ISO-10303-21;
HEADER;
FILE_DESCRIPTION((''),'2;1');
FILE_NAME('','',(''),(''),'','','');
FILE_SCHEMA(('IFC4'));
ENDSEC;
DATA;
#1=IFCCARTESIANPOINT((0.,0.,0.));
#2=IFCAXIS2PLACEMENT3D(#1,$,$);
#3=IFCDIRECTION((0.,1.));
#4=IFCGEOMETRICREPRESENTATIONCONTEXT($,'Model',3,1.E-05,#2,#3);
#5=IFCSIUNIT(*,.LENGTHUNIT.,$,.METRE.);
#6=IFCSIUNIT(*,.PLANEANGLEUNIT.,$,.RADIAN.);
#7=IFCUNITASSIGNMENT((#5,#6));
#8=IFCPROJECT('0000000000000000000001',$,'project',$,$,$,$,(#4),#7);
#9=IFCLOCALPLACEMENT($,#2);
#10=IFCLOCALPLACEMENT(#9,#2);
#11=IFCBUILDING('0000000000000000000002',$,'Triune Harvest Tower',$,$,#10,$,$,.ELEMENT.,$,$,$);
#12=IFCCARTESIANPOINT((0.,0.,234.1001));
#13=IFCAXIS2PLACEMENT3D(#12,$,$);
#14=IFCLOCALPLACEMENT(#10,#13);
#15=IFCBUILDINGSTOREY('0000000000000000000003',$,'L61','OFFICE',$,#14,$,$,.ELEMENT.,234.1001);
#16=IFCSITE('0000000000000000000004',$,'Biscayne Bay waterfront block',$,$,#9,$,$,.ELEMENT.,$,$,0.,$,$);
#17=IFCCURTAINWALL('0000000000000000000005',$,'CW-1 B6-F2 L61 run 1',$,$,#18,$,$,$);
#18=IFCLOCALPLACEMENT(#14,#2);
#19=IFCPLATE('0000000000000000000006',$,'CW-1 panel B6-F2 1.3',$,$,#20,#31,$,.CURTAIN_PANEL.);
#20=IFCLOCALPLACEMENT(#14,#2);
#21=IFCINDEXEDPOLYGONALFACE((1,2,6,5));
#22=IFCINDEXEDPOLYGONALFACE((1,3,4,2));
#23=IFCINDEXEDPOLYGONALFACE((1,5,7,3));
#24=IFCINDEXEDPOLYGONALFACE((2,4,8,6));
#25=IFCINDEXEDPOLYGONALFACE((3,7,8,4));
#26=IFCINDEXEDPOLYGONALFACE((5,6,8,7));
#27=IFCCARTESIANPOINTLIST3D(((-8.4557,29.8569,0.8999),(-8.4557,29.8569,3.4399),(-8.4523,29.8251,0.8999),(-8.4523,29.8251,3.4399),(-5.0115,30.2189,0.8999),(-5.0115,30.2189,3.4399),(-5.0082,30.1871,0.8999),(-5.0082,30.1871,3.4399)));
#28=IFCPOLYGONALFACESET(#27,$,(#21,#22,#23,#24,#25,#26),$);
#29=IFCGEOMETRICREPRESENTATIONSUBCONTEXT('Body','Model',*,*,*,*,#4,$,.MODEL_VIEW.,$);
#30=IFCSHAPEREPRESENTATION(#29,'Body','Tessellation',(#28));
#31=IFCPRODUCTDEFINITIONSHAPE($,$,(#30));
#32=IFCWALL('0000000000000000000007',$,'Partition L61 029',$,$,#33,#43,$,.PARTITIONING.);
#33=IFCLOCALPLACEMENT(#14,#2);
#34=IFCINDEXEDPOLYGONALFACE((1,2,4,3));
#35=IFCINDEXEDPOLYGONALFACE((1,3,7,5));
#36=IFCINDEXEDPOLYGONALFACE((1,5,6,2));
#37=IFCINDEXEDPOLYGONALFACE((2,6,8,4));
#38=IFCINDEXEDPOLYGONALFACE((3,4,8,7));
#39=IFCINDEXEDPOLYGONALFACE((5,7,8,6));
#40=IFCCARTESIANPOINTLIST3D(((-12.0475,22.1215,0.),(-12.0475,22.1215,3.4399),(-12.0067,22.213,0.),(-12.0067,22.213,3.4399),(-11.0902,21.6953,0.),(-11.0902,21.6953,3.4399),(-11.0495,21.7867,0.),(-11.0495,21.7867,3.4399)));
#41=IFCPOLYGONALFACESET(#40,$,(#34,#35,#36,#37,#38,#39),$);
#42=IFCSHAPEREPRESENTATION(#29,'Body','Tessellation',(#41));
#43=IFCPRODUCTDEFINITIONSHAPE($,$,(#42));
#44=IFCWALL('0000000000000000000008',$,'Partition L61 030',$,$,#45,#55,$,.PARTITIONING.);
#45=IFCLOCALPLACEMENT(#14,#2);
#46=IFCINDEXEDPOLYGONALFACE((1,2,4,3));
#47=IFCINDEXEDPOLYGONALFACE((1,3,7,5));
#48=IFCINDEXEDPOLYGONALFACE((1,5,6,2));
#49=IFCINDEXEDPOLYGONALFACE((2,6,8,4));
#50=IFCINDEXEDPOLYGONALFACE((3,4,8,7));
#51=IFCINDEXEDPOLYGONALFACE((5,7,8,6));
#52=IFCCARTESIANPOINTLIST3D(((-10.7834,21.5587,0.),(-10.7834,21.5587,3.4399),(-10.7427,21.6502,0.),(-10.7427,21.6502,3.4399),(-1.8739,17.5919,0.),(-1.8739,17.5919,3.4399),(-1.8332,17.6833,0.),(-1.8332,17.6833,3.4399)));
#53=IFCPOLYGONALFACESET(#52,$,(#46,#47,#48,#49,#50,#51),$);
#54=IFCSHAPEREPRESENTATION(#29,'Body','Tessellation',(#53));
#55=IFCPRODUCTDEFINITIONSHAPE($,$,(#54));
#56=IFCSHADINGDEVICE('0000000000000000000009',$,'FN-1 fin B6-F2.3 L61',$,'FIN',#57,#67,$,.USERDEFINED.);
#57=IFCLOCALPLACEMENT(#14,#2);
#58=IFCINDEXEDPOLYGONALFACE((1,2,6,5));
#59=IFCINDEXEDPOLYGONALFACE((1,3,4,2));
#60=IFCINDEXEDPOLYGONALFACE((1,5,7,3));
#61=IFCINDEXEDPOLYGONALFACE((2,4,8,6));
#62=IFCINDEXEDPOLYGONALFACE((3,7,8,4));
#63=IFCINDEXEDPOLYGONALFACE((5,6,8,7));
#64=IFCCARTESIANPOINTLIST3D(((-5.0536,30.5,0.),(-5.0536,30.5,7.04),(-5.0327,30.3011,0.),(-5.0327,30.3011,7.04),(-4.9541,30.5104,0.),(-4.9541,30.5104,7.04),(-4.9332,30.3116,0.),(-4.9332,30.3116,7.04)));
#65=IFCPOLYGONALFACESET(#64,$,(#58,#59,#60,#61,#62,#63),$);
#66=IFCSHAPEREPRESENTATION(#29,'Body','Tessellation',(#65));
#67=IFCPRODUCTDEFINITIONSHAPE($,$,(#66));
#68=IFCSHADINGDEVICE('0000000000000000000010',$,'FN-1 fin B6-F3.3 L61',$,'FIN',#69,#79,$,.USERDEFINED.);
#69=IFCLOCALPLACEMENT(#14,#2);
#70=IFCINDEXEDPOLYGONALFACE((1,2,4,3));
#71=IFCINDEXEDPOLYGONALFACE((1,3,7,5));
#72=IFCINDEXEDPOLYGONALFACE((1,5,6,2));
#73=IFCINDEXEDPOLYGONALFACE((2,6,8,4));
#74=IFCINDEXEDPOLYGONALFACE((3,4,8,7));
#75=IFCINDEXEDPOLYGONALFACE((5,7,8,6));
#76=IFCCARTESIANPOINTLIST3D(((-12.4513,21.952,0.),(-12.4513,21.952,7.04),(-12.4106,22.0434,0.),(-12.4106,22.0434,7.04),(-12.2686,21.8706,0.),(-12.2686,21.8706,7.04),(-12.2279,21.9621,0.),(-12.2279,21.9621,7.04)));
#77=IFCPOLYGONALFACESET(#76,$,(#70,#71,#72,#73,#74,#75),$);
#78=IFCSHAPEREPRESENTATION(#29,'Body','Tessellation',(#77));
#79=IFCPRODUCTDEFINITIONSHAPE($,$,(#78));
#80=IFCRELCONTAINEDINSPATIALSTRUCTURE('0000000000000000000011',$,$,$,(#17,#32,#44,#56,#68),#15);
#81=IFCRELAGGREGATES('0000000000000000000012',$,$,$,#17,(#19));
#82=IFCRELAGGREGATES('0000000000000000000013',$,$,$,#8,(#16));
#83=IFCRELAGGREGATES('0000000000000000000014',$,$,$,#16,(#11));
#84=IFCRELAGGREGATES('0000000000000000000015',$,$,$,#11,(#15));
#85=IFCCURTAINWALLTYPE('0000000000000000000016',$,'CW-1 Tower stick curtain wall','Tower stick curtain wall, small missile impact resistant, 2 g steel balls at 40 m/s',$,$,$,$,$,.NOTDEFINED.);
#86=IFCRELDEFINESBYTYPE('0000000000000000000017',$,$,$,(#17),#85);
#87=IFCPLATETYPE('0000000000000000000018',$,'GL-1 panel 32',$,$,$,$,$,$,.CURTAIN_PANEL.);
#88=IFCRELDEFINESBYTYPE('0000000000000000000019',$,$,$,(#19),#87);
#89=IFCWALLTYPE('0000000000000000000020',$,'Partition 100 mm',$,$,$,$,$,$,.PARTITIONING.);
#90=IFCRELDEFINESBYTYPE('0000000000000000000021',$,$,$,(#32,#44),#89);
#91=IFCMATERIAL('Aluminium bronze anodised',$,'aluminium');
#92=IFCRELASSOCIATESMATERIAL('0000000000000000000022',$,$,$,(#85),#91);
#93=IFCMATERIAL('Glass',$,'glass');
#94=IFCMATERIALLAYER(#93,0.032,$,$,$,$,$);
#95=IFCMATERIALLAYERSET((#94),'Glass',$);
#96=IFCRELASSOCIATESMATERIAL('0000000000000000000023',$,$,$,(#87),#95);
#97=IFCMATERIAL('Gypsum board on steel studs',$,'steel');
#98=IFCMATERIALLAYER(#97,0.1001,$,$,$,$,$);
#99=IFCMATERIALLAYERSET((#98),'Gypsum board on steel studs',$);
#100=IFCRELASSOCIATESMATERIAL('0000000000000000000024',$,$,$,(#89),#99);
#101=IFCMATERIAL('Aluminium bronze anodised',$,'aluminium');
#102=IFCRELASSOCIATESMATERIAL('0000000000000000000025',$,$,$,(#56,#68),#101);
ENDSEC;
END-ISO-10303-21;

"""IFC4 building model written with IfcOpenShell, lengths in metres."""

from ifc_helpers import new_model, si_unit, direction, frame, frame_2d, origin, origin_2d, place, context, subcontext, project, spatial, rectangle, extrude, source, transform, mapped, material, layer, layer_set, type_object, element, aggregate, save


model = new_model("IFC4")

# Units and contexts
model_context = context("Model", 3, precision=1e-05, world=origin(), true_north=direction((0.0, 1.0)))
body_context = subcontext(model_context, "Body", "Model", "MODEL_VIEW")
ifc_project = project(units=[si_unit("LENGTHUNIT", "METRE"), si_unit("PLANEANGLEUNIT", "RADIAN")], contexts=[model_context])

# Site, building, storey
site_placement = place(None, origin())
site = spatial("IfcSite", under=ifc_project, at=site_placement, Name="Biscayne Bay waterfront block", CompositionType="ELEMENT", RefElevation=0.0)
building_placement = place(site_placement, origin())
building = spatial("IfcBuilding", under=site, at=building_placement, Name="Triune Harvest Tower", CompositionType="ELEMENT")
storey_placement = place(building_placement, frame((0.0, 0.0, 234.1001)))
storey = spatial("IfcBuildingStorey", under=building, at=storey_placement, Name="L61", Description="OFFICE", CompositionType="ELEMENT", Elevation=234.1001)

# Curtain wall
ifc_material_1 = material(Name="Aluminium bronze anodised", Category="aluminium")
curtain_wall_type_1 = type_object("IfcCurtainWallType", Name="CW-1 Tower stick curtain wall", Description="Tower stick curtain wall, small missile impact resistant, 2 g steel balls at 40 m/s", PredefinedType="NOTDEFINED", material=ifc_material_1)
curtain_wall_1_placement = place(storey_placement, origin())
curtain_wall_1 = element("IfcCurtainWall", 1, at=curtain_wall_1_placement, inside=storey, type_object=curtain_wall_type_1, Name="CW-1 B6-F2 L61 run 1")

# Plate
ifc_material_2 = material(Name="Glass", Category="glass")
ifc_layer_1 = layer(ifc_material_2, 0.032)
ifc_layer_set_1 = layer_set([ifc_layer_1], Name="Glass")
plate_type_1 = type_object("IfcPlateType", Name="GL-1 panel 32", PredefinedType="CURTAIN_PANEL", material=ifc_layer_set_1)
shared_shape_1 = source(origin(), body_context, "Body", "SweptSolid", [
    extrude(rectangle(XDim=3.4631, YDim=0.032, at=origin_2d()), origin(), (0.0, 0.0, 1.0), 2.54),
])
plate_1_placement = place(storey_placement, frame((-6.7319, 30.022, 0.8999), z_axis=(0.0, 0.0, 1.0), x_axis=(-0.994522, -0.10453, 0.0)))
plate_1 = element("IfcPlate", 2, at=plate_1_placement, type_object=plate_type_1, Name="CW-1 panel B6-F2 1.3", PredefinedType="CURTAIN_PANEL", context=body_context, shape_type="MappedRepresentation", body=[
    mapped(shared_shape_1, transform((0.0, 0.0, 0.0), scale=1.0)),
])
aggregate(curtain_wall_1, [plate_1])

# Walls
ifc_material_3 = material(Name="Gypsum board on steel studs", Category="steel")
ifc_layer_2 = layer(ifc_material_3, 0.1001)
ifc_layer_set_2 = layer_set([ifc_layer_2], Name="Gypsum board on steel studs")
wall_type = type_object("IfcWallType", Name="Partition 100 mm", PredefinedType="PARTITIONING", material=ifc_layer_set_2)
shared_shape_2 = source(origin(), body_context, "Body", "SweptSolid", [
    extrude(rectangle(XDim=1.0479, YDim=0.1001, at=frame_2d((0.5239, 0.0))), origin(), (0.0, 0.0, 1.0), 3.4399),
])
wall_1_placement = place(storey_placement, frame((-12.0271, 22.1672, 0.0), z_axis=(0.0, 0.0, 1.0), x_axis=(0.913523, -0.406787, 0.0)))
element("IfcWall", 3, at=wall_1_placement, inside=storey, type_object=wall_type, Name="Partition L61 029", PredefinedType="PARTITIONING", context=body_context, shape_type="MappedRepresentation", body=[
    mapped(shared_shape_2, transform((0.0, 0.0, 0.0), scale=1.0)),
])
shared_shape_3 = source(origin(), body_context, "Body", "SweptSolid", [
    extrude(rectangle(XDim=9.7527, YDim=0.1001, at=frame_2d((4.8765, 0.0))), origin(), (0.0, 0.0, 1.0), 3.4399),
])
wall_2_placement = place(storey_placement, frame((-10.7632, 21.6045, 0.0), z_axis=(0.0, 0.0, 1.0), x_axis=(0.913543, -0.406742, 0.0)))
element("IfcWall", 4, at=wall_2_placement, inside=storey, type_object=wall_type, Name="Partition L61 030", PredefinedType="PARTITIONING", context=body_context, shape_type="MappedRepresentation", body=[
    mapped(shared_shape_3, transform((0.0, 0.0, 0.0), scale=1.0)),
])

# Shading devices
ifc_material_4 = material(Name="Aluminium bronze anodised", Category="aluminium")
shared_shape_4 = source(origin(), body_context, "Body", "SweptSolid", [
    extrude(rectangle(XDim=0.1001, YDim=0.2, at=origin_2d()), origin(), (0.0, 0.0, 1.0), 7.04),
])
for number, where, z_axis, x_axis, name in (
    (5, (-4.9934, 30.4058, 0.0), (0.0, 0.0, 1.0), (-0.994522, -0.10453, 0.0), "FN-1 fin B6-F2.3 L61"),
    (6, (-12.3396, 21.957, 0.0), (0.0, 0.0, 1.0), (-0.406738, -0.913545, 0.0), "FN-1 fin B6-F3.3 L61"),
):
    element("IfcShadingDevice", number, at=place(storey_placement, frame(where, z_axis=z_axis, x_axis=x_axis)), inside=storey, material=ifc_material_4, Name=name, ObjectType="FIN", PredefinedType="USERDEFINED", context=body_context, shape_type="MappedRepresentation", body=[
        mapped(shared_shape_4, transform((0.0, 0.0, 0.0), scale=1.0)),
    ])

save(model, "model.ifc")
